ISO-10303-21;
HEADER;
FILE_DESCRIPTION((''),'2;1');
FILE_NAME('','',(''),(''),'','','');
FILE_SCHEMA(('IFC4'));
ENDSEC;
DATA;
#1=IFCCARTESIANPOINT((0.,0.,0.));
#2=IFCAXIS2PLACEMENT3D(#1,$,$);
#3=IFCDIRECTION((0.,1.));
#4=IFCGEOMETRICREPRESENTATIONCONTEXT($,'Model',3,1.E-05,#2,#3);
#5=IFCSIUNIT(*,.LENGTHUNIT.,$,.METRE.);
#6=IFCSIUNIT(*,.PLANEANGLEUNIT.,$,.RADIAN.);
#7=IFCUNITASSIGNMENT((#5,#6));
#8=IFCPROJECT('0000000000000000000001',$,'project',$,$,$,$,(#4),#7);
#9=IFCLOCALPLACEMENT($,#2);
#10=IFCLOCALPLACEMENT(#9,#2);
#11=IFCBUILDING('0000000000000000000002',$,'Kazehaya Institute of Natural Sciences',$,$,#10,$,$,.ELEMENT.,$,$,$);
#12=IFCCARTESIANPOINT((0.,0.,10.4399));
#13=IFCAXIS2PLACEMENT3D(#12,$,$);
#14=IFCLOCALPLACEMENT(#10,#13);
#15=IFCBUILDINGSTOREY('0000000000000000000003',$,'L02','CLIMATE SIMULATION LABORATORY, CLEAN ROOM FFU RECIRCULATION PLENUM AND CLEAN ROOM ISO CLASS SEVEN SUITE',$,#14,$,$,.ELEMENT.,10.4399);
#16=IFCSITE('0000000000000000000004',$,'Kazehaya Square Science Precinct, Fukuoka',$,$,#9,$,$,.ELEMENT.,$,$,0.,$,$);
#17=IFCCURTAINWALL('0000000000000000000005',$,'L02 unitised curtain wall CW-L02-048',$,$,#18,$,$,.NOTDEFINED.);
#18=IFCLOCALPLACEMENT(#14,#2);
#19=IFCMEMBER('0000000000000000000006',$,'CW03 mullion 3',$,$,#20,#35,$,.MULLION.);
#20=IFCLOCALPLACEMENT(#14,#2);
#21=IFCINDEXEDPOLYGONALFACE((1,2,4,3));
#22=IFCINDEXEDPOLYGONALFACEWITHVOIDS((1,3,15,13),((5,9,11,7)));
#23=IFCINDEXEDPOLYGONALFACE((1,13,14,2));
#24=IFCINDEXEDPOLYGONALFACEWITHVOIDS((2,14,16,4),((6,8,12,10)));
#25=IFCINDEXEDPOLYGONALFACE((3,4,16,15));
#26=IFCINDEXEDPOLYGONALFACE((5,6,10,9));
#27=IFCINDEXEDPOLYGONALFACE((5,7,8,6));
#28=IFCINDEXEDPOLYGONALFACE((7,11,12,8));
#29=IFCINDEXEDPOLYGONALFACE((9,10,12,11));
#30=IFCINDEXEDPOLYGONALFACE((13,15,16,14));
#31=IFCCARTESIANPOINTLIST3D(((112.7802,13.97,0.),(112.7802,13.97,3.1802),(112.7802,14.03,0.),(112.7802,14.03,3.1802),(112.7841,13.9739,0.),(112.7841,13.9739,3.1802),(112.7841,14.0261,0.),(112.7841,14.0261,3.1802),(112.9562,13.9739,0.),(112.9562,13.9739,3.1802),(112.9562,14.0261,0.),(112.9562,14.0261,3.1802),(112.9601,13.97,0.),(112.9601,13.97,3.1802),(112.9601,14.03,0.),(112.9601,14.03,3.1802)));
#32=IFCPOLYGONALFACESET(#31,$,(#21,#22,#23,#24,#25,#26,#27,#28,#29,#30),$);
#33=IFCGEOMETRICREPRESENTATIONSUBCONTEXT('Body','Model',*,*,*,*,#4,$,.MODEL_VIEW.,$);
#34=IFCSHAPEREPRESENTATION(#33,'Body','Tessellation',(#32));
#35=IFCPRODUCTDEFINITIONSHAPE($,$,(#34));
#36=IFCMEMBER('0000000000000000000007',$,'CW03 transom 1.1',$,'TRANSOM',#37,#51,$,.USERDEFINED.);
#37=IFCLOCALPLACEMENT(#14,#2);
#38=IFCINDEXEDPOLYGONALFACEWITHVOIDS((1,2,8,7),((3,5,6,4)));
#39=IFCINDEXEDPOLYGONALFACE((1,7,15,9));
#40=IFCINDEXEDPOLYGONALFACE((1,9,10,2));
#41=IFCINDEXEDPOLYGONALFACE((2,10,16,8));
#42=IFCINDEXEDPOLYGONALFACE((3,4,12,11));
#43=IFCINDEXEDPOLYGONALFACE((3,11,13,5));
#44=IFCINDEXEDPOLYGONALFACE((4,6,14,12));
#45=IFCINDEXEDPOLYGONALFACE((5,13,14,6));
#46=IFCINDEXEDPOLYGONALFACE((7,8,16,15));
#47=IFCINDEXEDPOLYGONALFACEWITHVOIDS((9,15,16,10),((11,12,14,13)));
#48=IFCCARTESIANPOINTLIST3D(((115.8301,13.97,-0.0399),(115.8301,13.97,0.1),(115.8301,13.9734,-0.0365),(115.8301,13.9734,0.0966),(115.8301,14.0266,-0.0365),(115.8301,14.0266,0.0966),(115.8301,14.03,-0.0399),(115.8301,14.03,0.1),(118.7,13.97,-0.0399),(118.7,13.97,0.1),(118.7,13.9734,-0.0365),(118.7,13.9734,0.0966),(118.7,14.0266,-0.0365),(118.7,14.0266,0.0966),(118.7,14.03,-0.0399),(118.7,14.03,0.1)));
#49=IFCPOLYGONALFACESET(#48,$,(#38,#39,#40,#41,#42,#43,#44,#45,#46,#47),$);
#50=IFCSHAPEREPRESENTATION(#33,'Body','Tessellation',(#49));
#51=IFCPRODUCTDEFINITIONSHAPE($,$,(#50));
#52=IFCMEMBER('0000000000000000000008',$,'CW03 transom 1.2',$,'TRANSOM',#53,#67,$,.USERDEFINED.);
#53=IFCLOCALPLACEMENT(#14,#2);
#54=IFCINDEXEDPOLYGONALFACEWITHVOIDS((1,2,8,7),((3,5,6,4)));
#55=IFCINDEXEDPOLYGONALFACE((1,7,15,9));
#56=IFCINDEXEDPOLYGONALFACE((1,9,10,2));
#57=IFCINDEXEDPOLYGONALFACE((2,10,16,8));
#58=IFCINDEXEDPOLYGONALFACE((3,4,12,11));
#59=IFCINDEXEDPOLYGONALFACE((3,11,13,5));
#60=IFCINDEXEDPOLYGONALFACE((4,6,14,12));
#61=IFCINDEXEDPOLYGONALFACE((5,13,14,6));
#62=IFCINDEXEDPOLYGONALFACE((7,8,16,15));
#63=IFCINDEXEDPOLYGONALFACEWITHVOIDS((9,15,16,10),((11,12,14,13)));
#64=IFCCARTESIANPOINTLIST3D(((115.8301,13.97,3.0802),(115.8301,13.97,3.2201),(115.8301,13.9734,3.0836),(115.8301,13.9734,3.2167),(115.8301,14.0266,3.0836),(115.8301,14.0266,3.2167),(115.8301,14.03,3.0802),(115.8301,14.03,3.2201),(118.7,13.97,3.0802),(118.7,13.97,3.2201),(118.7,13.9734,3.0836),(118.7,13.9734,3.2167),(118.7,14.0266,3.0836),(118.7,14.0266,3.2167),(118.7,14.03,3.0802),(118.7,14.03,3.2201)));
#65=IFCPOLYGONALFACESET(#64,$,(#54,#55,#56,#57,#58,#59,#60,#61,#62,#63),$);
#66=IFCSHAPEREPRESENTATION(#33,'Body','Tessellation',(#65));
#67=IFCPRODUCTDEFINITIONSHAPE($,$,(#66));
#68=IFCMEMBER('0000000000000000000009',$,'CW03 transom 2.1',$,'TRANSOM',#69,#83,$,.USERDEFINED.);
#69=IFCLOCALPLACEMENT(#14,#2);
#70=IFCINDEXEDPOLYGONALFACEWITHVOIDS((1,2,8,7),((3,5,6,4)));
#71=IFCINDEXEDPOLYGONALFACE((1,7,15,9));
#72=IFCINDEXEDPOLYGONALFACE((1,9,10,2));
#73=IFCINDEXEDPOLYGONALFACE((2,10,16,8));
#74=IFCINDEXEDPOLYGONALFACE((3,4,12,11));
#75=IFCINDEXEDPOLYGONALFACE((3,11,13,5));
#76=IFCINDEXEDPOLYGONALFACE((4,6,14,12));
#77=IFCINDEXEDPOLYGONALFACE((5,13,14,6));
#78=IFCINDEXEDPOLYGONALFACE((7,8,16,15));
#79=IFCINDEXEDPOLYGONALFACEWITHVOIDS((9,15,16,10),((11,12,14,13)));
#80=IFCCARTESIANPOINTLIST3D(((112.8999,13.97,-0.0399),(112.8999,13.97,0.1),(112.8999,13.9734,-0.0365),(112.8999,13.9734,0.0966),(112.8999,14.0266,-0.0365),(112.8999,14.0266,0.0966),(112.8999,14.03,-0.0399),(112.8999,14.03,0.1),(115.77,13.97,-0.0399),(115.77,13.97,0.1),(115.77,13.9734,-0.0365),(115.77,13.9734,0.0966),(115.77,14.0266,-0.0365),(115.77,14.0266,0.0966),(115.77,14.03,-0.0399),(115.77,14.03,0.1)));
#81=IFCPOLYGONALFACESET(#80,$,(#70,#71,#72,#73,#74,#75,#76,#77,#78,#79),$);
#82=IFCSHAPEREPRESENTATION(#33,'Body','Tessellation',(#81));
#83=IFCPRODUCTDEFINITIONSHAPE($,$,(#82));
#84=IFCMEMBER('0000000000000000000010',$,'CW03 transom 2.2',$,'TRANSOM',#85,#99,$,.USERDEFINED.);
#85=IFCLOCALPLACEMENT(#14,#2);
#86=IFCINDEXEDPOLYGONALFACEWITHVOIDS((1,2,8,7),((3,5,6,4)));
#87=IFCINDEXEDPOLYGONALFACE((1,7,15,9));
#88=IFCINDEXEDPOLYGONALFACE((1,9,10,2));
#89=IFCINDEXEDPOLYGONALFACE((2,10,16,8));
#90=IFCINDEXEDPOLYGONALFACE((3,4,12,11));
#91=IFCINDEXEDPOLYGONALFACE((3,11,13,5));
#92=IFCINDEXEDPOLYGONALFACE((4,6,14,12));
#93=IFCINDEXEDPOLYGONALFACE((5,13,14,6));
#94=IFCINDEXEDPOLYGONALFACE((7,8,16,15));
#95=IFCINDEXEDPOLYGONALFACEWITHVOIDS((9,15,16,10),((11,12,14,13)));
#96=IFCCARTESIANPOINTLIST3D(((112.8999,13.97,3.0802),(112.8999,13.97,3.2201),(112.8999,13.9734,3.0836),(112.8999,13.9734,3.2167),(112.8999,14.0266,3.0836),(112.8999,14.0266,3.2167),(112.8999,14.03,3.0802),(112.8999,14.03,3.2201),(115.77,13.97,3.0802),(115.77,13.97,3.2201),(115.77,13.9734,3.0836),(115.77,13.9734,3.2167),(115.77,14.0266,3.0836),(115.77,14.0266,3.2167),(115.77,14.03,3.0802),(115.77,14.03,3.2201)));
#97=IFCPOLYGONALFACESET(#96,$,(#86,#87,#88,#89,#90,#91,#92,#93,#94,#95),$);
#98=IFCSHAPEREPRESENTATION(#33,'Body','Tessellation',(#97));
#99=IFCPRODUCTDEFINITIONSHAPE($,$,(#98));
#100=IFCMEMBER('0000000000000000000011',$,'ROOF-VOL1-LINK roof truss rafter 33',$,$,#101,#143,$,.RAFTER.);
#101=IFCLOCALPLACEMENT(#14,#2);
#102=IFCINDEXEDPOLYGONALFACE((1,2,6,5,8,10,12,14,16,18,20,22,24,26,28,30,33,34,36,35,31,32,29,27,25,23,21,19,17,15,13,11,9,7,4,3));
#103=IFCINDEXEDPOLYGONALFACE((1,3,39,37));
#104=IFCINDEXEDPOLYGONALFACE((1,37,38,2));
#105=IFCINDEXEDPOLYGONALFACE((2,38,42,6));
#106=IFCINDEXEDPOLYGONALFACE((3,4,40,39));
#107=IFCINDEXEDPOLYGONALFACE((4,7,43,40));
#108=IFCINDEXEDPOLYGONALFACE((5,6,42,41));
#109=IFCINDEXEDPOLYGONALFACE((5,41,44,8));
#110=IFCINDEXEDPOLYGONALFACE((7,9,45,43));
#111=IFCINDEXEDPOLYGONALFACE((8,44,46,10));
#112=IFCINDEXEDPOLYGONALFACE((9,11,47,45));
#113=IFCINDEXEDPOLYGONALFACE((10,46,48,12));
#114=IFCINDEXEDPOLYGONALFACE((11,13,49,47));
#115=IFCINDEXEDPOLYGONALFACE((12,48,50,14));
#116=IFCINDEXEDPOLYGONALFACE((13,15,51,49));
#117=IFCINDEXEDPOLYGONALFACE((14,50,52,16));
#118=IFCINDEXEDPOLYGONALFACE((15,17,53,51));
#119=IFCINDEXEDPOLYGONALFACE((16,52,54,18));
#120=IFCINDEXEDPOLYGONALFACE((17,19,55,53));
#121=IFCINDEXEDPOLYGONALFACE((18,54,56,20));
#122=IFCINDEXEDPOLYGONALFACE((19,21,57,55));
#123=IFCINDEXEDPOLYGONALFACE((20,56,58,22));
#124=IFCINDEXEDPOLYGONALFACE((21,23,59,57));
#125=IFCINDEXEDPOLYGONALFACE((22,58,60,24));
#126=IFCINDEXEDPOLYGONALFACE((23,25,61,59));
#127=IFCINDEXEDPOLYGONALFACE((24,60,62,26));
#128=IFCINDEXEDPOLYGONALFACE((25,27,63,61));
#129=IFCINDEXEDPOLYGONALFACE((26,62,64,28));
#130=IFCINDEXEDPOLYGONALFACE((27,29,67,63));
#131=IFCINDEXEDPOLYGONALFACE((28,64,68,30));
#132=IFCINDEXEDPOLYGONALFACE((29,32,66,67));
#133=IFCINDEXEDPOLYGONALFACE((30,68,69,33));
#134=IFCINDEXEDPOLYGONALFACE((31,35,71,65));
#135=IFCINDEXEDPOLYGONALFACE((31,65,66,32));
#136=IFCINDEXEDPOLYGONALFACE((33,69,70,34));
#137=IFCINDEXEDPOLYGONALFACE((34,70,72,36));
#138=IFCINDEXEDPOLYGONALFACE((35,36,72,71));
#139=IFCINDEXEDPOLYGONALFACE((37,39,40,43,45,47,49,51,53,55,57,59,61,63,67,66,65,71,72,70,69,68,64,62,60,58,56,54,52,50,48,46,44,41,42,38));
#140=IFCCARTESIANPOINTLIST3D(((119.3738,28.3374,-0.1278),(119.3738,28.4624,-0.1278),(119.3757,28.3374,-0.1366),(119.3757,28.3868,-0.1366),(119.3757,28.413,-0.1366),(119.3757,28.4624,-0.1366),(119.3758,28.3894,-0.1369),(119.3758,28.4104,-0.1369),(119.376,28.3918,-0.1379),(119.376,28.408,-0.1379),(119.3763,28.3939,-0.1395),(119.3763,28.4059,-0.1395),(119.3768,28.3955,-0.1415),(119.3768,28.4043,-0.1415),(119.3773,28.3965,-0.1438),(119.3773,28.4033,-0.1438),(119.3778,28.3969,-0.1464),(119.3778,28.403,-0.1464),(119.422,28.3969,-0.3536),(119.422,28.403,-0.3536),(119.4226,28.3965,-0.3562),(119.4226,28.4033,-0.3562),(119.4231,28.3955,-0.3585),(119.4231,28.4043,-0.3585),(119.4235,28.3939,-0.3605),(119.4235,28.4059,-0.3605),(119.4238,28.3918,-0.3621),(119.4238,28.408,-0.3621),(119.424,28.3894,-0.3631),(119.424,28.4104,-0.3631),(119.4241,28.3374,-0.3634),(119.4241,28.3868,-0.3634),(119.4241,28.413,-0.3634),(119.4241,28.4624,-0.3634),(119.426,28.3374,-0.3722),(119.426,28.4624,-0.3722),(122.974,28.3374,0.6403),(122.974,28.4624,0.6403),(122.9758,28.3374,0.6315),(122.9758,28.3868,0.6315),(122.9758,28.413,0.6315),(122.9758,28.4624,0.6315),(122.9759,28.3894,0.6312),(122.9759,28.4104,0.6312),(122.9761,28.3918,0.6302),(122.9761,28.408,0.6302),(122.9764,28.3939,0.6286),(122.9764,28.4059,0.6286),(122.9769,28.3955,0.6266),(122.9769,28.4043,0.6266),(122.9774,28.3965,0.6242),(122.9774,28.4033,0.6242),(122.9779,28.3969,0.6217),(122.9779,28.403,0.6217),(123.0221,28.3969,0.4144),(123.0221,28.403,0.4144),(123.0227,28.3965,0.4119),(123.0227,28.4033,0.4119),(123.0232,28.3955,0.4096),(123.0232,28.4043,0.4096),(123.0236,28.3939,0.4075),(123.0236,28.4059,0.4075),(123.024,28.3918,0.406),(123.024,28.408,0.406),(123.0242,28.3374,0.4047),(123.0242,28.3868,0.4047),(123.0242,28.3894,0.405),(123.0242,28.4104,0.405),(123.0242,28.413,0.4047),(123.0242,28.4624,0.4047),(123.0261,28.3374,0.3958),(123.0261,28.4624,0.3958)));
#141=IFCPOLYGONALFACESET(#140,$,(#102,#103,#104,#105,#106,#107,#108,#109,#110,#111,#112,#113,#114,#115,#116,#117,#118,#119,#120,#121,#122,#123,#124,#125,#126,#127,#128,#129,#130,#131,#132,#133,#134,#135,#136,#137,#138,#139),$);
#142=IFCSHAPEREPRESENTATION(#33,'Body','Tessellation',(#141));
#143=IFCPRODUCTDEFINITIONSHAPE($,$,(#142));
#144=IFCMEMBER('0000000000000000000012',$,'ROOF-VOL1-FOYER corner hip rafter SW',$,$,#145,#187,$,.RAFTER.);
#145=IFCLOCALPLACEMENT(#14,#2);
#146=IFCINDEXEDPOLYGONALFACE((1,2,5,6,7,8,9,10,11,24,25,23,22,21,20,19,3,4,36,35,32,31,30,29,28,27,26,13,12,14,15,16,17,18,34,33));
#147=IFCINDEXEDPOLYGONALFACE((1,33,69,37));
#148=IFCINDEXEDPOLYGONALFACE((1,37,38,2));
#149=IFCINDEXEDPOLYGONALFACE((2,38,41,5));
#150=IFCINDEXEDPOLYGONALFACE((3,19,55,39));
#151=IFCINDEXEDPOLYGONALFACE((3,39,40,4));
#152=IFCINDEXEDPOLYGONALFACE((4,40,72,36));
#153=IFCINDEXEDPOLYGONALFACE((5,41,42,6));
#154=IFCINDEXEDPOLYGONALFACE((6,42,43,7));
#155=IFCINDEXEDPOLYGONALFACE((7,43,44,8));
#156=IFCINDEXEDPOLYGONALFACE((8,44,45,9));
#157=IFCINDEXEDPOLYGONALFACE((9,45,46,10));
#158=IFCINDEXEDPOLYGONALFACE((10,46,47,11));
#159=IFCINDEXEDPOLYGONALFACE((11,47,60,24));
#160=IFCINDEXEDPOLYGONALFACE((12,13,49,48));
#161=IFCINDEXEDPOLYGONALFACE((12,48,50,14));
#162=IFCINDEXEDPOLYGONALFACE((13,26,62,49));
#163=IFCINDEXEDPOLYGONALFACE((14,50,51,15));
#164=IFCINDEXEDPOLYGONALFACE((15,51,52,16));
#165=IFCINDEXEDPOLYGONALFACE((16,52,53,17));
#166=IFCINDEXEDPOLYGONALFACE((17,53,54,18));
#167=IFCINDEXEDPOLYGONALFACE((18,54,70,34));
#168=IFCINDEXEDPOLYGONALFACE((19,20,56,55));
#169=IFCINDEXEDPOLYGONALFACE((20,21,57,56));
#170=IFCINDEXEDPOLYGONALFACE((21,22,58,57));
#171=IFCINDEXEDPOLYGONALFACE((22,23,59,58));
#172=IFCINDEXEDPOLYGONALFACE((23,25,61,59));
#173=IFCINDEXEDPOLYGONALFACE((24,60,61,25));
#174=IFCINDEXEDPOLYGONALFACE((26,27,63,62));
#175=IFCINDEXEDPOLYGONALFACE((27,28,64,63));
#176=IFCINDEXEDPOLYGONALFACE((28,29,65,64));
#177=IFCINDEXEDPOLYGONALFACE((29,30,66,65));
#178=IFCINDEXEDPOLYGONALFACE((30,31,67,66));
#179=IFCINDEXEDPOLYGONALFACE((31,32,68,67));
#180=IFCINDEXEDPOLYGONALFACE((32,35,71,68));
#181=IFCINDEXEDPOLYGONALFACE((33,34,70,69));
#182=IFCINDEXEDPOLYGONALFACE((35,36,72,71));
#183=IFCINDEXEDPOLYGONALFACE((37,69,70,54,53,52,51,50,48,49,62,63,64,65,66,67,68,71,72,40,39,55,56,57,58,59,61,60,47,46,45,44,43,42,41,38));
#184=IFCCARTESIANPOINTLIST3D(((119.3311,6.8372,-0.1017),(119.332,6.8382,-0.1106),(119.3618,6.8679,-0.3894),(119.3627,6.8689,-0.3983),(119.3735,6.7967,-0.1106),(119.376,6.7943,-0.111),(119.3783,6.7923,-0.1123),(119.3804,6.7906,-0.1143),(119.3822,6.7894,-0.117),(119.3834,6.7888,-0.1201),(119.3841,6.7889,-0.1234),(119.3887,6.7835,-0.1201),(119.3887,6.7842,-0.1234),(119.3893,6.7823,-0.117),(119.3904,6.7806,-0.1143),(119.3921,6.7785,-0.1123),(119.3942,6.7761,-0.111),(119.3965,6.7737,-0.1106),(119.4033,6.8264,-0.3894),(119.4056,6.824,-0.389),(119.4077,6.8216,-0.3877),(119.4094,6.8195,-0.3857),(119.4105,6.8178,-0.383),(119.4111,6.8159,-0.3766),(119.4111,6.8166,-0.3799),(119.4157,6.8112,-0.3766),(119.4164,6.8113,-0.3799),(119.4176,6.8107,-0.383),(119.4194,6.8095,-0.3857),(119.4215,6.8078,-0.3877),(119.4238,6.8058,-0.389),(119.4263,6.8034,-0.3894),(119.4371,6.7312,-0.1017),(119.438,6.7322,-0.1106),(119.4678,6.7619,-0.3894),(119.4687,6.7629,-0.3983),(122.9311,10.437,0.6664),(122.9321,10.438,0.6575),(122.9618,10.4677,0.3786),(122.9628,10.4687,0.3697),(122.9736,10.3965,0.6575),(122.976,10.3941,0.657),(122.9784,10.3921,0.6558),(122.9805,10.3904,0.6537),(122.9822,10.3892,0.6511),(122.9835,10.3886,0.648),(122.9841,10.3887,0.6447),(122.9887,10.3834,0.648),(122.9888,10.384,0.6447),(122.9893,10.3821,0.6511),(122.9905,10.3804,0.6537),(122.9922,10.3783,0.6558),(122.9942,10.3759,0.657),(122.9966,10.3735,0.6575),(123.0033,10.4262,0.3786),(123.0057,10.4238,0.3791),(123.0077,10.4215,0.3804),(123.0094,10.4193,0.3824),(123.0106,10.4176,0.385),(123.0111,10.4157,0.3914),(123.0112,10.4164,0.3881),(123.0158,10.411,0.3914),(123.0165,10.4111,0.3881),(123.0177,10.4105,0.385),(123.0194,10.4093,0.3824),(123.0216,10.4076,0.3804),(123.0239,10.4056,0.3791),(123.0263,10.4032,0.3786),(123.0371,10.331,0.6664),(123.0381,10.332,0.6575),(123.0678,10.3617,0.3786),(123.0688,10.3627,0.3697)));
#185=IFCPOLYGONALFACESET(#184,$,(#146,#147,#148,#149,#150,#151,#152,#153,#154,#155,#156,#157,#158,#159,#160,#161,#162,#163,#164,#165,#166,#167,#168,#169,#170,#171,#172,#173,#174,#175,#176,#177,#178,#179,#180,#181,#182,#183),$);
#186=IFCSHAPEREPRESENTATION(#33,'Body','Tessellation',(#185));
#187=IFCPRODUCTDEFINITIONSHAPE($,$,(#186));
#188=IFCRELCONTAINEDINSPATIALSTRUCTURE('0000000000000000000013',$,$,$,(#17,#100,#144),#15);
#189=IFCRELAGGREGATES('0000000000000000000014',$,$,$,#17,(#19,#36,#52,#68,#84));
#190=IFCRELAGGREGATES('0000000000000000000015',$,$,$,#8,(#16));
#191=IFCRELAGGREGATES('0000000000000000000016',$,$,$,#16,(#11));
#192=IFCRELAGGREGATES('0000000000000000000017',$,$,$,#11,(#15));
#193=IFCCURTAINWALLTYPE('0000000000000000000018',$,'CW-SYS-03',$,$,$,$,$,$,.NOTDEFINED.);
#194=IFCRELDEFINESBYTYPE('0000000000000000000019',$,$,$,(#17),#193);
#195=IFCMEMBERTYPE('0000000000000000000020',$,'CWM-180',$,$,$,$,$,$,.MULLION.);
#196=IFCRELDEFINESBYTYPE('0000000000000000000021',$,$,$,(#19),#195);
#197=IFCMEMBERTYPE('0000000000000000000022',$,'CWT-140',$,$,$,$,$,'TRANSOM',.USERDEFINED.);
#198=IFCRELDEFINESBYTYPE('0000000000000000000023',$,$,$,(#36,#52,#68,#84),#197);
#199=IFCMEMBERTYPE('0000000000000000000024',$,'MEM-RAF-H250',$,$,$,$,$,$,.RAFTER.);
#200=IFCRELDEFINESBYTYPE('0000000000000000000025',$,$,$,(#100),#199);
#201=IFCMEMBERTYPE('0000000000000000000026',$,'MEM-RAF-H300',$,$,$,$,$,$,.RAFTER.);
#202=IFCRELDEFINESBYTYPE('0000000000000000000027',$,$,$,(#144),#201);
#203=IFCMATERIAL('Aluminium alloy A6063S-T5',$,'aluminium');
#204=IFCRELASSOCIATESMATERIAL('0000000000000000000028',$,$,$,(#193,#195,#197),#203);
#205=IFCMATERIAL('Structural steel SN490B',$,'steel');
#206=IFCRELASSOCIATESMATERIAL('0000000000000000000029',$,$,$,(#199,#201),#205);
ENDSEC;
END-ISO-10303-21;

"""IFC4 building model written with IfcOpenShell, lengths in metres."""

from ifc_helpers import new_model, si_unit, direction, frame, origin, origin_2d, place, context, subcontext, project, spatial, hollow_rectangle, i_section, extrude, material, material_profile, profile_set, type_object, element, aggregate, save


model = new_model("IFC4")

# Units and contexts
model_context = context("Model", 3, precision=1e-05, world=origin(), true_north=direction((0.0, 1.0)))
body_context = subcontext(model_context, "Body", "Model", "MODEL_VIEW")
ifc_project = project(units=[si_unit("LENGTHUNIT", "METRE"), si_unit("PLANEANGLEUNIT", "RADIAN")], contexts=[model_context])

# Site, building, storey
site_placement = place(None, origin())
site = spatial("IfcSite", under=ifc_project, at=site_placement, Name="Kazehaya Square Science Precinct, Fukuoka", CompositionType="ELEMENT", RefElevation=0.0)
building_placement = place(site_placement, origin())
building = spatial("IfcBuilding", under=site, at=building_placement, Name="Kazehaya Institute of Natural Sciences", CompositionType="ELEMENT")
storey_placement = place(building_placement, frame((0.0, 0.0, 10.4399)))
storey = spatial("IfcBuildingStorey", under=building, at=storey_placement, Name="L02", Description="CLIMATE SIMULATION LABORATORY, CLEAN ROOM FFU RECIRCULATION PLENUM AND CLEAN ROOM ISO CLASS SEVEN SUITE", CompositionType="ELEMENT", Elevation=10.4399)

# Curtain wall, members
ifc_material_1 = material(Name="Aluminium alloy A6063S-T5", Category="aluminium")
curtain_wall_type = type_object("IfcCurtainWallType", Name="CW-SYS-03", PredefinedType="NOTDEFINED", material=ifc_material_1)
curtain_wall_placement = place(storey_placement, origin())
curtain_wall = element("IfcCurtainWall", 1, at=curtain_wall_placement, inside=storey, type_object=curtain_wall_type, Name="L02 unitised curtain wall CW-L02-048", PredefinedType="NOTDEFINED")
ifc_material_profile_1 = material_profile(ifc_material_1, hollow_rectangle(XDim=0.0601, YDim=0.1799, WallThickness=0.0039, at=origin_2d()), Name="ALU-60x180x4")
ifc_profile_set_1 = profile_set([ifc_material_profile_1], Name="Aluminium alloy A6063S-T5")
member_type_1 = type_object("IfcMemberType", Name="CWM-180", PredefinedType="MULLION", material=ifc_profile_set_1)
member_1_placement = place(storey_placement, frame((112.8701, 14.0, 0.0), z_axis=(0.0, 0.0, 1.0), x_axis=(0.0, -1.0, 0.0)))
member_1 = element("IfcMember", 2, at=member_1_placement, type_object=member_type_1, Name="CW03 mullion 3", PredefinedType="MULLION", context=body_context, shape_type="SweptSolid", body=[
    extrude(hollow_rectangle(XDim=0.0601, YDim=0.1799, WallThickness=0.0039, at=origin_2d()), origin(), (0.0, 0.0, 1.0), 3.1802),
])
ifc_material_profile_2 = material_profile(ifc_material_1, hollow_rectangle(XDim=0.0601, YDim=0.1399, WallThickness=0.0034, at=origin_2d()), Name="ALU-60x140x3.5")
ifc_profile_set_2 = profile_set([ifc_material_profile_2], Name="Aluminium alloy A6063S-T5")
member_type_2 = type_object("IfcMemberType", Name="CWT-140", ElementType="TRANSOM", PredefinedType="USERDEFINED", material=ifc_profile_set_2)
member_2_placement = place(storey_placement, frame((118.7, 14.0, 0.03), z_axis=(-1.0, 0.0, 0.0), x_axis=(0.0, -1.0, 0.0)))
member_2 = element("IfcMember", 3, at=member_2_placement, type_object=member_type_2, Name="CW03 transom 1.1", ObjectType="TRANSOM", PredefinedType="USERDEFINED", context=body_context, shape_type="SweptSolid", body=[
    extrude(hollow_rectangle(XDim=0.0601, YDim=0.1399, WallThickness=0.0034, at=origin_2d()), origin(), (0.0, 0.0, 1.0), 2.8699),
])
member_3_placement = place(storey_placement, frame((118.7, 14.0, 3.1501), z_axis=(-1.0, 0.0, 0.0), x_axis=(0.0, -1.0, 0.0)))
member_3 = element("IfcMember", 4, at=member_3_placement, type_object=member_type_2, Name="CW03 transom 1.2", ObjectType="TRANSOM", PredefinedType="USERDEFINED", context=body_context, shape_type="SweptSolid", body=[
    extrude(hollow_rectangle(XDim=0.0601, YDim=0.1399, WallThickness=0.0034, at=origin_2d()), origin(), (0.0, 0.0, 1.0), 2.8699),
])
member_4_placement = place(storey_placement, frame((115.77, 14.0, 0.03), z_axis=(-1.0, 0.0, 0.0), x_axis=(0.0, -1.0, 0.0)))
member_4 = element("IfcMember", 5, at=member_4_placement, type_object=member_type_2, Name="CW03 transom 2.1", ObjectType="TRANSOM", PredefinedType="USERDEFINED", context=body_context, shape_type="SweptSolid", body=[
    extrude(hollow_rectangle(XDim=0.0601, YDim=0.1399, WallThickness=0.0034, at=origin_2d()), origin(), (0.0, 0.0, 1.0), 2.8701),
])
member_5_placement = place(storey_placement, frame((115.77, 14.0, 3.1501), z_axis=(-1.0, 0.0, 0.0), x_axis=(0.0, -1.0, 0.0)))
member_5 = element("IfcMember", 6, at=member_5_placement, type_object=member_type_2, Name="CW03 transom 2.2", ObjectType="TRANSOM", PredefinedType="USERDEFINED", context=body_context, shape_type="SweptSolid", body=[
    extrude(hollow_rectangle(XDim=0.0601, YDim=0.1399, WallThickness=0.0034, at=origin_2d()), origin(), (0.0, 0.0, 1.0), 2.8701),
])

# Members
ifc_material_2 = material(Name="Structural steel SN490B", Category="steel")
ifc_material_profile_3 = material_profile(ifc_material_2, i_section(OverallWidth=0.125, OverallDepth=0.25, WebThickness=0.0061, FlangeThickness=0.009, FilletRadius=0.01, at=origin_2d()), Name="H-250x125x6x9")
ifc_profile_set_3 = profile_set([ifc_material_profile_3], Name="Structural steel SN490B")
member_type_3 = type_object("IfcMemberType", Name="MEM-RAF-H250", PredefinedType="RAFTER", material=ifc_profile_set_3)
member_6_placement = place(storey_placement, frame((119.3999, 28.3999, -0.25), z_axis=(0.97799, 0.0, 0.20865), x_axis=(0.0, 1.0, 0.0)))
element("IfcMember", 7, at=member_6_placement, inside=storey, type_object=member_type_3, Name="ROOF-VOL1-LINK roof truss rafter 33", PredefinedType="RAFTER", context=body_context, shape_type="SweptSolid", body=[
    extrude(i_section(OverallWidth=0.125, OverallDepth=0.25, WebThickness=0.0061, FlangeThickness=0.009, FilletRadius=0.01, at=origin_2d()), origin(), (0.0, 0.0, 1.0), 3.6812),
])
ifc_material_profile_4 = material_profile(ifc_material_2, i_section(OverallWidth=0.1499, OverallDepth=0.3, WebThickness=0.0066, FlangeThickness=0.009, FilletRadius=0.0129, at=origin_2d()), Name="H-300x150x6.5x9")
ifc_profile_set_4 = profile_set([ifc_material_profile_4], Name="Structural steel SN490B")
member_type_4 = type_object("IfcMemberType", Name="MEM-RAF-H300", PredefinedType="RAFTER", material=ifc_profile_set_4)
member_7_placement = place(storey_placement, frame((119.3999, 6.8, -0.25), z_axis=(0.699218, 0.699171, 0.149175), x_axis=(-0.707083, 0.707131, 0.0)))
element("IfcMember", 8, at=member_7_placement, inside=storey, type_object=member_type_4, Name="ROOF-VOL1-FOYER corner hip rafter SW", PredefinedType="RAFTER", context=body_context, shape_type="SweptSolid", body=[
    extrude(i_section(OverallWidth=0.1499, OverallDepth=0.3, WebThickness=0.0066, FlangeThickness=0.009, FilletRadius=0.0129, at=origin_2d()), origin(), (0.0, 0.0, 1.0), 5.1487),
])

aggregate(curtain_wall, [member_1, member_2, member_3, member_4, member_5])

save(model, "model.ifc")
